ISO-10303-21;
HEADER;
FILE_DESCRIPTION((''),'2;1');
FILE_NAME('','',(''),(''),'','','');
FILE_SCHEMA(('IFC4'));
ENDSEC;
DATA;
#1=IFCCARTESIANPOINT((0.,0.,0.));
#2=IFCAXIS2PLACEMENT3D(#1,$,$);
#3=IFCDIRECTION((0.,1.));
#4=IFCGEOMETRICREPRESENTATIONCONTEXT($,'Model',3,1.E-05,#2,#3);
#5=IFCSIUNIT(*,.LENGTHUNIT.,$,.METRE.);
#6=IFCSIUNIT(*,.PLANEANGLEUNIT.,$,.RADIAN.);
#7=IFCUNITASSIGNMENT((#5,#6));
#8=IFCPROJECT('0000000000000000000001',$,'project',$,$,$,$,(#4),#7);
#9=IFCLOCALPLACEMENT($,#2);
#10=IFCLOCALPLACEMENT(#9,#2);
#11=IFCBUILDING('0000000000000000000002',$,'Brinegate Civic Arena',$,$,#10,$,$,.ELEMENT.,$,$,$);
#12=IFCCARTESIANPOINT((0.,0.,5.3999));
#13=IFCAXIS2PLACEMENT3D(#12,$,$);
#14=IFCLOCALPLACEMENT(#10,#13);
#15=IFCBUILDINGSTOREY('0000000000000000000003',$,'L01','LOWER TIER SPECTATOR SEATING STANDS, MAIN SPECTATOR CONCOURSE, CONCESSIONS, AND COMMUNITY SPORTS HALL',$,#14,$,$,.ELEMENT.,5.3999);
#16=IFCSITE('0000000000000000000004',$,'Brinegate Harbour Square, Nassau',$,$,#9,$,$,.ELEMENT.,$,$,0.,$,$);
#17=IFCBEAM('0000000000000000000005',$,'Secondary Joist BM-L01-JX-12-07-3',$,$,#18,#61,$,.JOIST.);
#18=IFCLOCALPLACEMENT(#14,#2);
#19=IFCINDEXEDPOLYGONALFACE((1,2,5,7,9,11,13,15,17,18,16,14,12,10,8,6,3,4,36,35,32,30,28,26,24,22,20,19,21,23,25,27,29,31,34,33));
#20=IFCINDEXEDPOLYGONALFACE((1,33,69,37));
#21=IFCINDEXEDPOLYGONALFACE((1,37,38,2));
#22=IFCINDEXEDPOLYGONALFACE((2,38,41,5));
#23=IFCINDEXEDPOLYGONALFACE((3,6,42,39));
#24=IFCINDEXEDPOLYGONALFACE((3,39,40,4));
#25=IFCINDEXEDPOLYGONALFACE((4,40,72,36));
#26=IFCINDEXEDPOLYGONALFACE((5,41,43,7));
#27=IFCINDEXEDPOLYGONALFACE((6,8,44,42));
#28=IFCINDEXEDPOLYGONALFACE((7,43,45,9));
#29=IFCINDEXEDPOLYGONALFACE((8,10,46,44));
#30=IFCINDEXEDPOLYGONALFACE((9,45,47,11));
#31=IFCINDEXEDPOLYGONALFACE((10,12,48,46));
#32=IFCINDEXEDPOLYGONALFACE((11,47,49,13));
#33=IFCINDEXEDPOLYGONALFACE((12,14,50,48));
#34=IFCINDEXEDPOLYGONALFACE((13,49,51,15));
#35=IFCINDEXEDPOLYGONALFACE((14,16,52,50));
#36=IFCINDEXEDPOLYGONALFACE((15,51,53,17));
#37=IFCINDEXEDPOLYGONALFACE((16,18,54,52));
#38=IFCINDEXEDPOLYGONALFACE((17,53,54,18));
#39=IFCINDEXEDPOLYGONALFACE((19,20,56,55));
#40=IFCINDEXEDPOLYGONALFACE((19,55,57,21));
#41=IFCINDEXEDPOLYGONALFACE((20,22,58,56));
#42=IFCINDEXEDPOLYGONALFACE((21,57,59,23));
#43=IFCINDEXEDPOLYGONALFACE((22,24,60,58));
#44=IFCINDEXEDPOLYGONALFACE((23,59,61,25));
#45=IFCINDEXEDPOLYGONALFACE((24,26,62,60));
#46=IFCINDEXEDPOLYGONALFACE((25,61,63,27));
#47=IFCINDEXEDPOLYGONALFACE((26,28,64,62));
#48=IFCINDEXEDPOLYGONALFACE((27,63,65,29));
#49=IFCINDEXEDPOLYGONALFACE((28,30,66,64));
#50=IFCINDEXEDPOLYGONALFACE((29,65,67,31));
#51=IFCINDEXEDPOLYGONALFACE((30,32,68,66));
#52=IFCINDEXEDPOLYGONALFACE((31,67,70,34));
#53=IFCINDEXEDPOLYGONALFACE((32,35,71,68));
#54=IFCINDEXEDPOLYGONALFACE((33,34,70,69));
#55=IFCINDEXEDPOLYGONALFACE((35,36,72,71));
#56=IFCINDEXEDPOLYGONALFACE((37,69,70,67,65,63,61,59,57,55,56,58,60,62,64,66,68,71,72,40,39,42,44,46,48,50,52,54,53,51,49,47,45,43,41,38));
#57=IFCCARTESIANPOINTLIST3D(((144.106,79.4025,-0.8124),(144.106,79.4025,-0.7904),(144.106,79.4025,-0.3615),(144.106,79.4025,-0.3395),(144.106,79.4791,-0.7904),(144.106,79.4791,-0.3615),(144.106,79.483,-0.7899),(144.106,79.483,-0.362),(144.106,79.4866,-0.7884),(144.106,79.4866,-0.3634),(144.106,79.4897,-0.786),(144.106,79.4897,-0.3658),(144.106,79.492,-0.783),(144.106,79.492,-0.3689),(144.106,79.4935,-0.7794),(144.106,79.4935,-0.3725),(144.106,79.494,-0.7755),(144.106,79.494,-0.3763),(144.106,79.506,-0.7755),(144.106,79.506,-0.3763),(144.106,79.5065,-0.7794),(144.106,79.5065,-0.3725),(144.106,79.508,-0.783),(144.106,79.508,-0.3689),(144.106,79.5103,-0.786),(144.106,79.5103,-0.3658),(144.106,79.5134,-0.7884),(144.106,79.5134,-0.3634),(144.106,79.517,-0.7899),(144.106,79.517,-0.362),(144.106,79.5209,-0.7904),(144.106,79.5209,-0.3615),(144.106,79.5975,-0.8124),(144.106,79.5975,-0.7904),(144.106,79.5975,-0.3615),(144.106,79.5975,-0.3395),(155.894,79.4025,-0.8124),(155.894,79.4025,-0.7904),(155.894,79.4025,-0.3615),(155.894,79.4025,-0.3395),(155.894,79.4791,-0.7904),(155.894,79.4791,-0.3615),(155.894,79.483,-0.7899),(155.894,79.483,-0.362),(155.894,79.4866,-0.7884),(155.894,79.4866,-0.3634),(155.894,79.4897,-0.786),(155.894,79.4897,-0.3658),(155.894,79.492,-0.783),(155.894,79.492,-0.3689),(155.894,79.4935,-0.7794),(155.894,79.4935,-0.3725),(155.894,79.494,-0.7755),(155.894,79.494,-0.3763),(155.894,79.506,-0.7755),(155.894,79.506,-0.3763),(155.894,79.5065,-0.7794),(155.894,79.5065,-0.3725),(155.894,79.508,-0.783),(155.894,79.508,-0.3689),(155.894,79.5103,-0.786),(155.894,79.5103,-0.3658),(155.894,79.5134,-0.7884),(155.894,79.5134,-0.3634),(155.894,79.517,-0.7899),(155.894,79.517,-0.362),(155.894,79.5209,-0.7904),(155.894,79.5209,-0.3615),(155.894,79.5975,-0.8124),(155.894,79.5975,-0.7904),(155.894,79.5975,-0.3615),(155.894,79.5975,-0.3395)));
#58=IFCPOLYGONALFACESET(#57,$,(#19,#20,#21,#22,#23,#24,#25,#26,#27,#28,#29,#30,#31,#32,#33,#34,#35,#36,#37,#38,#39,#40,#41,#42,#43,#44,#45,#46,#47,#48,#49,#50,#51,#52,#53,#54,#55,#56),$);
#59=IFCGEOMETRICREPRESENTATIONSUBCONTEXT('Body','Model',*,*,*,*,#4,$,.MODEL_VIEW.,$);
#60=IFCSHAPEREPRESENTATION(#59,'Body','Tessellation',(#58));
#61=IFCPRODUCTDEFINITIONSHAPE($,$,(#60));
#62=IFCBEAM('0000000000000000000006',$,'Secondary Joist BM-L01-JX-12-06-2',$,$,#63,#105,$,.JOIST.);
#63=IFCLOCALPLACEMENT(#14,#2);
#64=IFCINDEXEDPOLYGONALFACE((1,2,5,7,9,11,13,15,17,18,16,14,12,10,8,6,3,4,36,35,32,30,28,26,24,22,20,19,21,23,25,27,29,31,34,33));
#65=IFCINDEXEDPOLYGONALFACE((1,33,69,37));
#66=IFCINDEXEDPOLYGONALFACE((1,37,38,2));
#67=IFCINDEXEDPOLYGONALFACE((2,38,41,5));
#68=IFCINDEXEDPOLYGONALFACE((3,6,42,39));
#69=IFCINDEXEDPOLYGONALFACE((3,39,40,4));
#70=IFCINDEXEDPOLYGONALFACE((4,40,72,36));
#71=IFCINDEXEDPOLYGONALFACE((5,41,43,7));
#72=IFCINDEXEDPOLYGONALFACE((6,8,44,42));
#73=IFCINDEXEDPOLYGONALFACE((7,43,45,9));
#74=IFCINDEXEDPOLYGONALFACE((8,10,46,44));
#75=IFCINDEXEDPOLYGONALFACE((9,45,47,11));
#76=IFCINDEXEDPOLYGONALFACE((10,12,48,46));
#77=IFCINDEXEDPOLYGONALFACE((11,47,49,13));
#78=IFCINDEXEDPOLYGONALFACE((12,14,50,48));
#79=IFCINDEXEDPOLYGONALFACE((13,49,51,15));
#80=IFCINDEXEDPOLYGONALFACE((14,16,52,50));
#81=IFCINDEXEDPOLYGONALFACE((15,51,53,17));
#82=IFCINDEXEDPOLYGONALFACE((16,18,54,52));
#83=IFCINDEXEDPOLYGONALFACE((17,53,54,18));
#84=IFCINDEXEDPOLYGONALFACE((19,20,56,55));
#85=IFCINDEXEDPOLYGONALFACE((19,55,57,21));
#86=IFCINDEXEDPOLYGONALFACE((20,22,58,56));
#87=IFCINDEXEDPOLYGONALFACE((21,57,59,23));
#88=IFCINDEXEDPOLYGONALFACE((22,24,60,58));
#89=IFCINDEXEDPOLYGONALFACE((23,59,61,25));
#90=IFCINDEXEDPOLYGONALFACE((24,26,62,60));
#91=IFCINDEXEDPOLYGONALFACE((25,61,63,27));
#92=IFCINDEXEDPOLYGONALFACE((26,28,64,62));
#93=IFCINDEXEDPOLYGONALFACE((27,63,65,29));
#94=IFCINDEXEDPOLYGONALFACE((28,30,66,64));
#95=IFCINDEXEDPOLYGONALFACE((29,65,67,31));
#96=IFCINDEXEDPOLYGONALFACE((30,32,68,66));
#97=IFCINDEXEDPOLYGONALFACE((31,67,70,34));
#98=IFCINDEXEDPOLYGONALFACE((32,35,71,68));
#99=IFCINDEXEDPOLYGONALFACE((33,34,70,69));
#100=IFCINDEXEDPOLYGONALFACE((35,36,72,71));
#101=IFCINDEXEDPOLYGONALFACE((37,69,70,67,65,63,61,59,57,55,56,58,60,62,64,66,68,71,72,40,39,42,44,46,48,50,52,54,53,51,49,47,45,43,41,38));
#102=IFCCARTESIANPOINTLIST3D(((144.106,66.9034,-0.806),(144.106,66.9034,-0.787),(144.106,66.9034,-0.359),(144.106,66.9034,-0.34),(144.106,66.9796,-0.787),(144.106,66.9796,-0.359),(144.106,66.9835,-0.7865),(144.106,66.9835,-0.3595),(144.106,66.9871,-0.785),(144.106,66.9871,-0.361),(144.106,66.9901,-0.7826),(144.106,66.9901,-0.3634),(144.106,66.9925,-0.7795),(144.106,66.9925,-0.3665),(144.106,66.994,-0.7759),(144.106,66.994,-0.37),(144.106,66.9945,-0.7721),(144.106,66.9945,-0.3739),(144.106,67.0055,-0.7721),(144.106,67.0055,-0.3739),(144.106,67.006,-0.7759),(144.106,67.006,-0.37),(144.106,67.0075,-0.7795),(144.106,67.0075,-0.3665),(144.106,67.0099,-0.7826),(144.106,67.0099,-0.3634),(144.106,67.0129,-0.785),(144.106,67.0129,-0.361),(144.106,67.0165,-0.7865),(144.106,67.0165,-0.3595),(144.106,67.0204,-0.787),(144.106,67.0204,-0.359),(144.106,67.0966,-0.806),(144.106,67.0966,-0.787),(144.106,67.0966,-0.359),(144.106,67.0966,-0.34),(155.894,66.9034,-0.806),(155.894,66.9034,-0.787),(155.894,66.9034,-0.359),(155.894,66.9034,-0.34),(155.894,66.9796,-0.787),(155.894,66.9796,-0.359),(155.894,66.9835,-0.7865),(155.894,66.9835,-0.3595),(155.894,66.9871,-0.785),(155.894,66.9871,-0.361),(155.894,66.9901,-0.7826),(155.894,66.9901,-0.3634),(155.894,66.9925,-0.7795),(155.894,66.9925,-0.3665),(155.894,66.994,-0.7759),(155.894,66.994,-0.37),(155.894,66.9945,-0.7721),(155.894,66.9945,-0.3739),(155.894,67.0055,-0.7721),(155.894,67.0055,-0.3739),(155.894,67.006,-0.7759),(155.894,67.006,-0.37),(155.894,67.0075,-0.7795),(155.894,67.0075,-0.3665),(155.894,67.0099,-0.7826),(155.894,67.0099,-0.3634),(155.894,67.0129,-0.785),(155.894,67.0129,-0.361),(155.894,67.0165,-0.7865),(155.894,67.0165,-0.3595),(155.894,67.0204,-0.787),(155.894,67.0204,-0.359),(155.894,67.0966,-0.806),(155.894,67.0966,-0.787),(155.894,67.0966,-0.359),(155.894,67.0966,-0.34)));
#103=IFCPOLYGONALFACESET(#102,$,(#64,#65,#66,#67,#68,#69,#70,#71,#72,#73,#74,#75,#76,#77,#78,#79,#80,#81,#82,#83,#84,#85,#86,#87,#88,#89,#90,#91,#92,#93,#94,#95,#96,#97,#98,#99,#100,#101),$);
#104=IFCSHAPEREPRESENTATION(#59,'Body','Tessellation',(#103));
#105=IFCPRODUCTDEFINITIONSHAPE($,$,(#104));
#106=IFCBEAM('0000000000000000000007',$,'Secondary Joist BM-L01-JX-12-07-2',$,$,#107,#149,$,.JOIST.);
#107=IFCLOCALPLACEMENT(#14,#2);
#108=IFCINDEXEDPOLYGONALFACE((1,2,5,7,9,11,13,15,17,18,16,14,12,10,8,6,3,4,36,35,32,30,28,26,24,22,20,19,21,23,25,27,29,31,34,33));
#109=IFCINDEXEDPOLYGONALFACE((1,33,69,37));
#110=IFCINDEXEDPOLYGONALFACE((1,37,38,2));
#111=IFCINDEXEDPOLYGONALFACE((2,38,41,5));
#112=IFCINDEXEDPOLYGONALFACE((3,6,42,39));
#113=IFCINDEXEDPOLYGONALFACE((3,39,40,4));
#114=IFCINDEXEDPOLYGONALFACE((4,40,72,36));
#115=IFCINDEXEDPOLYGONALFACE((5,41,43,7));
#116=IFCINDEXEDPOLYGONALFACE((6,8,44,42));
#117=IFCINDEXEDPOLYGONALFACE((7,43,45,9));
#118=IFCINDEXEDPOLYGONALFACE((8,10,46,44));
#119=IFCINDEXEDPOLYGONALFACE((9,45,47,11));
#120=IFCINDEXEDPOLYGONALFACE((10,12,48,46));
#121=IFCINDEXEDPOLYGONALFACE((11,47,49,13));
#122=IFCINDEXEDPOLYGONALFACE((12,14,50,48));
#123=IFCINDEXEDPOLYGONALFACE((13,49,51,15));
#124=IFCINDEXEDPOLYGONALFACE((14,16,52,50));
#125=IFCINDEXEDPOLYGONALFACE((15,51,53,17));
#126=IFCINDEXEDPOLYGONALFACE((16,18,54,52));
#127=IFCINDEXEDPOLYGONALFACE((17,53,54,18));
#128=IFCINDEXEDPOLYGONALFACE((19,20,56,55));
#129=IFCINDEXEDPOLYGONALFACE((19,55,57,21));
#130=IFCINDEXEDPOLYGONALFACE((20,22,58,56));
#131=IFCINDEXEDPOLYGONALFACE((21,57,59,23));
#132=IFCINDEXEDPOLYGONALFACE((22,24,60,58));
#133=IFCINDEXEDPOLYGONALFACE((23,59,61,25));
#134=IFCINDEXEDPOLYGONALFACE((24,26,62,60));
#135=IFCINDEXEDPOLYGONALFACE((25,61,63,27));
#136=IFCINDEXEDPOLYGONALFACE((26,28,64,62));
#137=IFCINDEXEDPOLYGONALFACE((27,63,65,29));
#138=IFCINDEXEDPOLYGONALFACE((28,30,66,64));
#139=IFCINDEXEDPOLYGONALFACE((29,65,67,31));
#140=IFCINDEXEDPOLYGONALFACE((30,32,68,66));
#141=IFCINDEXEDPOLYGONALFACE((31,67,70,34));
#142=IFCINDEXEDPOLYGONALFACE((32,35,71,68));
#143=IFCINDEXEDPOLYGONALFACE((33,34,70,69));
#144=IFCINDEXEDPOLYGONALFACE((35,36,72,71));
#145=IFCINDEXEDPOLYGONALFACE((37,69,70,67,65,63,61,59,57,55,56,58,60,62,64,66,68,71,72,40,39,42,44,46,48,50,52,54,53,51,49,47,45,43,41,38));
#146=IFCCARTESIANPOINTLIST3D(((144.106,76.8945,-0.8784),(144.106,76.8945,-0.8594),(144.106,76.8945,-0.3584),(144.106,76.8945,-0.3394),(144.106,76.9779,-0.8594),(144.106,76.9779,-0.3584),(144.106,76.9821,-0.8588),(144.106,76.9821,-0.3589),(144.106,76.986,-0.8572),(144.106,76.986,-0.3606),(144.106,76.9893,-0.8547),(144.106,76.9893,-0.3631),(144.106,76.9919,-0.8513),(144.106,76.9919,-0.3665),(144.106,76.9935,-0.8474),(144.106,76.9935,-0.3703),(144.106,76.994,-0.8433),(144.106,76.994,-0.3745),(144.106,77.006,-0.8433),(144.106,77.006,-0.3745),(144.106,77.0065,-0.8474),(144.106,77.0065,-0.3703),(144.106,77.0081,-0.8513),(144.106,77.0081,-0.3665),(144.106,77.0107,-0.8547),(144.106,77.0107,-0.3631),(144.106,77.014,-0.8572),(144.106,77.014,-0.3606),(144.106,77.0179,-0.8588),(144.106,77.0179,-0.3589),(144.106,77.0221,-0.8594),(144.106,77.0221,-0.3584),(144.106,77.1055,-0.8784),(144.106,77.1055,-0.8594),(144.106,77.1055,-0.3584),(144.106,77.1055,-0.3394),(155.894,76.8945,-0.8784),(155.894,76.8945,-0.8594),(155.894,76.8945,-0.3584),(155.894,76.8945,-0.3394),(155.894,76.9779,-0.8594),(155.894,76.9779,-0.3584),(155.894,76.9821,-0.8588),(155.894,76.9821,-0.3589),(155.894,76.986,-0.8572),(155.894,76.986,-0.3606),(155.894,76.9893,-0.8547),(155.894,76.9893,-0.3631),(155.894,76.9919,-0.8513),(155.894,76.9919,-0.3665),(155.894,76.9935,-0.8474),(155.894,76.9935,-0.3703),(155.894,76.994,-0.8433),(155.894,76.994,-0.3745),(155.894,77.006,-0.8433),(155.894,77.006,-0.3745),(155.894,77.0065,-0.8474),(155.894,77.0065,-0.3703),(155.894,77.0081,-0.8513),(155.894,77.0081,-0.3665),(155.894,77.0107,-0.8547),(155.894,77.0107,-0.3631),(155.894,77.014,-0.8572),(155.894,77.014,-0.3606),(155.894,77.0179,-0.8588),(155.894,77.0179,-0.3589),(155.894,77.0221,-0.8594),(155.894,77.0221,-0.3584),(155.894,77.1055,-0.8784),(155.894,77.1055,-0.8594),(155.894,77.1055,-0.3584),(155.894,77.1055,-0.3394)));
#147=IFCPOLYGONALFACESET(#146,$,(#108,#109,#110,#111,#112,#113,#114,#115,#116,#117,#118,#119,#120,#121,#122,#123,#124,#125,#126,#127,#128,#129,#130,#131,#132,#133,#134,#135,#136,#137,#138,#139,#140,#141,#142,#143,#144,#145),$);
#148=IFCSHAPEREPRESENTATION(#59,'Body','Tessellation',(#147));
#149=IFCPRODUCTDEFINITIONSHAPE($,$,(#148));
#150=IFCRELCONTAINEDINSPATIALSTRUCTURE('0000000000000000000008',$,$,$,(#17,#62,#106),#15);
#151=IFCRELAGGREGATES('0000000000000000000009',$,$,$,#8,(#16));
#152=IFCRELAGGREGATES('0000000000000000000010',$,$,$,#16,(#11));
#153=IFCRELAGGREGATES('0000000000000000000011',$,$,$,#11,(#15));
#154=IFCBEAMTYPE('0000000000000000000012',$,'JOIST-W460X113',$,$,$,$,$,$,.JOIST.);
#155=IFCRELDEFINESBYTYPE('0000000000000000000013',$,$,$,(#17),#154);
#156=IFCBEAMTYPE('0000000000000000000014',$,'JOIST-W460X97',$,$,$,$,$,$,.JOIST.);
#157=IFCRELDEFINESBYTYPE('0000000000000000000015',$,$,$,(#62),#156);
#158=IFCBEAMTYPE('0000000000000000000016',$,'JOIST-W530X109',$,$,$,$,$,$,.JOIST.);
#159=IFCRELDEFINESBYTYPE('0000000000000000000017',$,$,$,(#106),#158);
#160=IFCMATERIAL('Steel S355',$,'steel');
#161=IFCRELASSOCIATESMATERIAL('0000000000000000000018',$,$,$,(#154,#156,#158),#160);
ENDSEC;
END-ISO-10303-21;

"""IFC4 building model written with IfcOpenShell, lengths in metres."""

from ifc_helpers import new_model, si_unit, direction, frame, origin, origin_2d, place, context, subcontext, project, spatial, i_section, extrude, material, material_profile, profile_set, type_object, element, save


model = new_model("IFC4")

# Units and contexts
model_context = context("Model", 3, precision=1e-05, world=origin(), true_north=direction((0.0, 1.0)))
body_context = subcontext(model_context, "Body", "Model", "MODEL_VIEW")
ifc_project = project(units=[si_unit("LENGTHUNIT", "METRE"), si_unit("PLANEANGLEUNIT", "RADIAN")], contexts=[model_context])

# Site, building, storey
site_placement = place(None, origin())
site = spatial("IfcSite", under=ifc_project, at=site_placement, Name="Brinegate Harbour Square, Nassau", CompositionType="ELEMENT", RefElevation=0.0)
building_placement = place(site_placement, origin())
building = spatial("IfcBuilding", under=site, at=building_placement, Name="Brinegate Civic Arena", CompositionType="ELEMENT")
storey_placement = place(building_placement, frame((0.0, 0.0, 5.3999)))
storey = spatial("IfcBuildingStorey", under=building, at=storey_placement, Name="L01", Description="LOWER TIER SPECTATOR SEATING STANDS, MAIN SPECTATOR CONCOURSE, CONCESSIONS, AND COMMUNITY SPORTS HALL", CompositionType="ELEMENT", Elevation=5.3999)

# Beams
ifc_material_1 = material(Name="Steel S355", Category="steel")
ifc_material_profile_1 = material_profile(ifc_material_1, i_section(OverallWidth=0.1951, OverallDepth=0.4729, WebThickness=0.012, FlangeThickness=0.022, FilletRadius=0.0149, at=origin_2d()), Name="W460X113")
ifc_profile_set_1 = profile_set([ifc_material_profile_1], Name="Steel S355")
beam_type_1 = type_object("IfcBeamType", Name="JOIST-W460X113", PredefinedType="JOIST", material=ifc_profile_set_1)
beam_1_placement = place(storey_placement, frame((144.106, 79.5, -0.5759), z_axis=(1.0, 0.0, 0.0), x_axis=(0.0, 1.0, 0.0)))
element("IfcBeam", 1, at=beam_1_placement, inside=storey, type_object=beam_type_1, Name="Secondary Joist BM-L01-JX-12-07-3", PredefinedType="JOIST", context=body_context, shape_type="SweptSolid", body=[
    extrude(i_section(OverallWidth=0.1951, OverallDepth=0.4729, WebThickness=0.012, FlangeThickness=0.022, FilletRadius=0.0149, at=origin_2d()), origin(), (0.0, 0.0, 1.0), 11.7881),
])
ifc_material_profile_2 = material_profile(ifc_material_1, i_section(OverallWidth=0.1931, OverallDepth=0.4661, WebThickness=0.011, FlangeThickness=0.019, FilletRadius=0.0149, at=origin_2d()), Name="W460X97")
ifc_profile_set_2 = profile_set([ifc_material_profile_2], Name="Steel S355")
beam_type_2 = type_object("IfcBeamType", Name="JOIST-W460X97", PredefinedType="JOIST", material=ifc_profile_set_2)
beam_2_placement = place(storey_placement, frame((144.106, 67.0, -0.573), z_axis=(1.0, 0.0, 0.0), x_axis=(0.0, 1.0, 0.0)))
element("IfcBeam", 2, at=beam_2_placement, inside=storey, type_object=beam_type_2, Name="Secondary Joist BM-L01-JX-12-06-2", PredefinedType="JOIST", context=body_context, shape_type="SweptSolid", body=[
    extrude(i_section(OverallWidth=0.1931, OverallDepth=0.4661, WebThickness=0.011, FlangeThickness=0.019, FilletRadius=0.0149, at=origin_2d()), origin(), (0.0, 0.0, 1.0), 11.7881),
])
ifc_material_profile_3 = material_profile(ifc_material_1, i_section(OverallWidth=0.2109, OverallDepth=0.5391, WebThickness=0.012, FlangeThickness=0.019, FilletRadius=0.0161, at=origin_2d()), Name="W530X109")
ifc_profile_set_3 = profile_set([ifc_material_profile_3], Name="Steel S355")
beam_type_3 = type_object("IfcBeamType", Name="JOIST-W530X109", PredefinedType="JOIST", material=ifc_profile_set_3)
beam_3_placement = place(storey_placement, frame((144.106, 77.0, -0.6089), z_axis=(1.0, 0.0, 0.0), x_axis=(0.0, 1.0, 0.0)))
element("IfcBeam", 3, at=beam_3_placement, inside=storey, type_object=beam_type_3, Name="Secondary Joist BM-L01-JX-12-07-2", PredefinedType="JOIST", context=body_context, shape_type="SweptSolid", body=[
    extrude(i_section(OverallWidth=0.2109, OverallDepth=0.5391, WebThickness=0.012, FlangeThickness=0.019, FilletRadius=0.0161, at=origin_2d()), origin(), (0.0, 0.0, 1.0), 11.7881),
])

save(model, "model.ifc")
